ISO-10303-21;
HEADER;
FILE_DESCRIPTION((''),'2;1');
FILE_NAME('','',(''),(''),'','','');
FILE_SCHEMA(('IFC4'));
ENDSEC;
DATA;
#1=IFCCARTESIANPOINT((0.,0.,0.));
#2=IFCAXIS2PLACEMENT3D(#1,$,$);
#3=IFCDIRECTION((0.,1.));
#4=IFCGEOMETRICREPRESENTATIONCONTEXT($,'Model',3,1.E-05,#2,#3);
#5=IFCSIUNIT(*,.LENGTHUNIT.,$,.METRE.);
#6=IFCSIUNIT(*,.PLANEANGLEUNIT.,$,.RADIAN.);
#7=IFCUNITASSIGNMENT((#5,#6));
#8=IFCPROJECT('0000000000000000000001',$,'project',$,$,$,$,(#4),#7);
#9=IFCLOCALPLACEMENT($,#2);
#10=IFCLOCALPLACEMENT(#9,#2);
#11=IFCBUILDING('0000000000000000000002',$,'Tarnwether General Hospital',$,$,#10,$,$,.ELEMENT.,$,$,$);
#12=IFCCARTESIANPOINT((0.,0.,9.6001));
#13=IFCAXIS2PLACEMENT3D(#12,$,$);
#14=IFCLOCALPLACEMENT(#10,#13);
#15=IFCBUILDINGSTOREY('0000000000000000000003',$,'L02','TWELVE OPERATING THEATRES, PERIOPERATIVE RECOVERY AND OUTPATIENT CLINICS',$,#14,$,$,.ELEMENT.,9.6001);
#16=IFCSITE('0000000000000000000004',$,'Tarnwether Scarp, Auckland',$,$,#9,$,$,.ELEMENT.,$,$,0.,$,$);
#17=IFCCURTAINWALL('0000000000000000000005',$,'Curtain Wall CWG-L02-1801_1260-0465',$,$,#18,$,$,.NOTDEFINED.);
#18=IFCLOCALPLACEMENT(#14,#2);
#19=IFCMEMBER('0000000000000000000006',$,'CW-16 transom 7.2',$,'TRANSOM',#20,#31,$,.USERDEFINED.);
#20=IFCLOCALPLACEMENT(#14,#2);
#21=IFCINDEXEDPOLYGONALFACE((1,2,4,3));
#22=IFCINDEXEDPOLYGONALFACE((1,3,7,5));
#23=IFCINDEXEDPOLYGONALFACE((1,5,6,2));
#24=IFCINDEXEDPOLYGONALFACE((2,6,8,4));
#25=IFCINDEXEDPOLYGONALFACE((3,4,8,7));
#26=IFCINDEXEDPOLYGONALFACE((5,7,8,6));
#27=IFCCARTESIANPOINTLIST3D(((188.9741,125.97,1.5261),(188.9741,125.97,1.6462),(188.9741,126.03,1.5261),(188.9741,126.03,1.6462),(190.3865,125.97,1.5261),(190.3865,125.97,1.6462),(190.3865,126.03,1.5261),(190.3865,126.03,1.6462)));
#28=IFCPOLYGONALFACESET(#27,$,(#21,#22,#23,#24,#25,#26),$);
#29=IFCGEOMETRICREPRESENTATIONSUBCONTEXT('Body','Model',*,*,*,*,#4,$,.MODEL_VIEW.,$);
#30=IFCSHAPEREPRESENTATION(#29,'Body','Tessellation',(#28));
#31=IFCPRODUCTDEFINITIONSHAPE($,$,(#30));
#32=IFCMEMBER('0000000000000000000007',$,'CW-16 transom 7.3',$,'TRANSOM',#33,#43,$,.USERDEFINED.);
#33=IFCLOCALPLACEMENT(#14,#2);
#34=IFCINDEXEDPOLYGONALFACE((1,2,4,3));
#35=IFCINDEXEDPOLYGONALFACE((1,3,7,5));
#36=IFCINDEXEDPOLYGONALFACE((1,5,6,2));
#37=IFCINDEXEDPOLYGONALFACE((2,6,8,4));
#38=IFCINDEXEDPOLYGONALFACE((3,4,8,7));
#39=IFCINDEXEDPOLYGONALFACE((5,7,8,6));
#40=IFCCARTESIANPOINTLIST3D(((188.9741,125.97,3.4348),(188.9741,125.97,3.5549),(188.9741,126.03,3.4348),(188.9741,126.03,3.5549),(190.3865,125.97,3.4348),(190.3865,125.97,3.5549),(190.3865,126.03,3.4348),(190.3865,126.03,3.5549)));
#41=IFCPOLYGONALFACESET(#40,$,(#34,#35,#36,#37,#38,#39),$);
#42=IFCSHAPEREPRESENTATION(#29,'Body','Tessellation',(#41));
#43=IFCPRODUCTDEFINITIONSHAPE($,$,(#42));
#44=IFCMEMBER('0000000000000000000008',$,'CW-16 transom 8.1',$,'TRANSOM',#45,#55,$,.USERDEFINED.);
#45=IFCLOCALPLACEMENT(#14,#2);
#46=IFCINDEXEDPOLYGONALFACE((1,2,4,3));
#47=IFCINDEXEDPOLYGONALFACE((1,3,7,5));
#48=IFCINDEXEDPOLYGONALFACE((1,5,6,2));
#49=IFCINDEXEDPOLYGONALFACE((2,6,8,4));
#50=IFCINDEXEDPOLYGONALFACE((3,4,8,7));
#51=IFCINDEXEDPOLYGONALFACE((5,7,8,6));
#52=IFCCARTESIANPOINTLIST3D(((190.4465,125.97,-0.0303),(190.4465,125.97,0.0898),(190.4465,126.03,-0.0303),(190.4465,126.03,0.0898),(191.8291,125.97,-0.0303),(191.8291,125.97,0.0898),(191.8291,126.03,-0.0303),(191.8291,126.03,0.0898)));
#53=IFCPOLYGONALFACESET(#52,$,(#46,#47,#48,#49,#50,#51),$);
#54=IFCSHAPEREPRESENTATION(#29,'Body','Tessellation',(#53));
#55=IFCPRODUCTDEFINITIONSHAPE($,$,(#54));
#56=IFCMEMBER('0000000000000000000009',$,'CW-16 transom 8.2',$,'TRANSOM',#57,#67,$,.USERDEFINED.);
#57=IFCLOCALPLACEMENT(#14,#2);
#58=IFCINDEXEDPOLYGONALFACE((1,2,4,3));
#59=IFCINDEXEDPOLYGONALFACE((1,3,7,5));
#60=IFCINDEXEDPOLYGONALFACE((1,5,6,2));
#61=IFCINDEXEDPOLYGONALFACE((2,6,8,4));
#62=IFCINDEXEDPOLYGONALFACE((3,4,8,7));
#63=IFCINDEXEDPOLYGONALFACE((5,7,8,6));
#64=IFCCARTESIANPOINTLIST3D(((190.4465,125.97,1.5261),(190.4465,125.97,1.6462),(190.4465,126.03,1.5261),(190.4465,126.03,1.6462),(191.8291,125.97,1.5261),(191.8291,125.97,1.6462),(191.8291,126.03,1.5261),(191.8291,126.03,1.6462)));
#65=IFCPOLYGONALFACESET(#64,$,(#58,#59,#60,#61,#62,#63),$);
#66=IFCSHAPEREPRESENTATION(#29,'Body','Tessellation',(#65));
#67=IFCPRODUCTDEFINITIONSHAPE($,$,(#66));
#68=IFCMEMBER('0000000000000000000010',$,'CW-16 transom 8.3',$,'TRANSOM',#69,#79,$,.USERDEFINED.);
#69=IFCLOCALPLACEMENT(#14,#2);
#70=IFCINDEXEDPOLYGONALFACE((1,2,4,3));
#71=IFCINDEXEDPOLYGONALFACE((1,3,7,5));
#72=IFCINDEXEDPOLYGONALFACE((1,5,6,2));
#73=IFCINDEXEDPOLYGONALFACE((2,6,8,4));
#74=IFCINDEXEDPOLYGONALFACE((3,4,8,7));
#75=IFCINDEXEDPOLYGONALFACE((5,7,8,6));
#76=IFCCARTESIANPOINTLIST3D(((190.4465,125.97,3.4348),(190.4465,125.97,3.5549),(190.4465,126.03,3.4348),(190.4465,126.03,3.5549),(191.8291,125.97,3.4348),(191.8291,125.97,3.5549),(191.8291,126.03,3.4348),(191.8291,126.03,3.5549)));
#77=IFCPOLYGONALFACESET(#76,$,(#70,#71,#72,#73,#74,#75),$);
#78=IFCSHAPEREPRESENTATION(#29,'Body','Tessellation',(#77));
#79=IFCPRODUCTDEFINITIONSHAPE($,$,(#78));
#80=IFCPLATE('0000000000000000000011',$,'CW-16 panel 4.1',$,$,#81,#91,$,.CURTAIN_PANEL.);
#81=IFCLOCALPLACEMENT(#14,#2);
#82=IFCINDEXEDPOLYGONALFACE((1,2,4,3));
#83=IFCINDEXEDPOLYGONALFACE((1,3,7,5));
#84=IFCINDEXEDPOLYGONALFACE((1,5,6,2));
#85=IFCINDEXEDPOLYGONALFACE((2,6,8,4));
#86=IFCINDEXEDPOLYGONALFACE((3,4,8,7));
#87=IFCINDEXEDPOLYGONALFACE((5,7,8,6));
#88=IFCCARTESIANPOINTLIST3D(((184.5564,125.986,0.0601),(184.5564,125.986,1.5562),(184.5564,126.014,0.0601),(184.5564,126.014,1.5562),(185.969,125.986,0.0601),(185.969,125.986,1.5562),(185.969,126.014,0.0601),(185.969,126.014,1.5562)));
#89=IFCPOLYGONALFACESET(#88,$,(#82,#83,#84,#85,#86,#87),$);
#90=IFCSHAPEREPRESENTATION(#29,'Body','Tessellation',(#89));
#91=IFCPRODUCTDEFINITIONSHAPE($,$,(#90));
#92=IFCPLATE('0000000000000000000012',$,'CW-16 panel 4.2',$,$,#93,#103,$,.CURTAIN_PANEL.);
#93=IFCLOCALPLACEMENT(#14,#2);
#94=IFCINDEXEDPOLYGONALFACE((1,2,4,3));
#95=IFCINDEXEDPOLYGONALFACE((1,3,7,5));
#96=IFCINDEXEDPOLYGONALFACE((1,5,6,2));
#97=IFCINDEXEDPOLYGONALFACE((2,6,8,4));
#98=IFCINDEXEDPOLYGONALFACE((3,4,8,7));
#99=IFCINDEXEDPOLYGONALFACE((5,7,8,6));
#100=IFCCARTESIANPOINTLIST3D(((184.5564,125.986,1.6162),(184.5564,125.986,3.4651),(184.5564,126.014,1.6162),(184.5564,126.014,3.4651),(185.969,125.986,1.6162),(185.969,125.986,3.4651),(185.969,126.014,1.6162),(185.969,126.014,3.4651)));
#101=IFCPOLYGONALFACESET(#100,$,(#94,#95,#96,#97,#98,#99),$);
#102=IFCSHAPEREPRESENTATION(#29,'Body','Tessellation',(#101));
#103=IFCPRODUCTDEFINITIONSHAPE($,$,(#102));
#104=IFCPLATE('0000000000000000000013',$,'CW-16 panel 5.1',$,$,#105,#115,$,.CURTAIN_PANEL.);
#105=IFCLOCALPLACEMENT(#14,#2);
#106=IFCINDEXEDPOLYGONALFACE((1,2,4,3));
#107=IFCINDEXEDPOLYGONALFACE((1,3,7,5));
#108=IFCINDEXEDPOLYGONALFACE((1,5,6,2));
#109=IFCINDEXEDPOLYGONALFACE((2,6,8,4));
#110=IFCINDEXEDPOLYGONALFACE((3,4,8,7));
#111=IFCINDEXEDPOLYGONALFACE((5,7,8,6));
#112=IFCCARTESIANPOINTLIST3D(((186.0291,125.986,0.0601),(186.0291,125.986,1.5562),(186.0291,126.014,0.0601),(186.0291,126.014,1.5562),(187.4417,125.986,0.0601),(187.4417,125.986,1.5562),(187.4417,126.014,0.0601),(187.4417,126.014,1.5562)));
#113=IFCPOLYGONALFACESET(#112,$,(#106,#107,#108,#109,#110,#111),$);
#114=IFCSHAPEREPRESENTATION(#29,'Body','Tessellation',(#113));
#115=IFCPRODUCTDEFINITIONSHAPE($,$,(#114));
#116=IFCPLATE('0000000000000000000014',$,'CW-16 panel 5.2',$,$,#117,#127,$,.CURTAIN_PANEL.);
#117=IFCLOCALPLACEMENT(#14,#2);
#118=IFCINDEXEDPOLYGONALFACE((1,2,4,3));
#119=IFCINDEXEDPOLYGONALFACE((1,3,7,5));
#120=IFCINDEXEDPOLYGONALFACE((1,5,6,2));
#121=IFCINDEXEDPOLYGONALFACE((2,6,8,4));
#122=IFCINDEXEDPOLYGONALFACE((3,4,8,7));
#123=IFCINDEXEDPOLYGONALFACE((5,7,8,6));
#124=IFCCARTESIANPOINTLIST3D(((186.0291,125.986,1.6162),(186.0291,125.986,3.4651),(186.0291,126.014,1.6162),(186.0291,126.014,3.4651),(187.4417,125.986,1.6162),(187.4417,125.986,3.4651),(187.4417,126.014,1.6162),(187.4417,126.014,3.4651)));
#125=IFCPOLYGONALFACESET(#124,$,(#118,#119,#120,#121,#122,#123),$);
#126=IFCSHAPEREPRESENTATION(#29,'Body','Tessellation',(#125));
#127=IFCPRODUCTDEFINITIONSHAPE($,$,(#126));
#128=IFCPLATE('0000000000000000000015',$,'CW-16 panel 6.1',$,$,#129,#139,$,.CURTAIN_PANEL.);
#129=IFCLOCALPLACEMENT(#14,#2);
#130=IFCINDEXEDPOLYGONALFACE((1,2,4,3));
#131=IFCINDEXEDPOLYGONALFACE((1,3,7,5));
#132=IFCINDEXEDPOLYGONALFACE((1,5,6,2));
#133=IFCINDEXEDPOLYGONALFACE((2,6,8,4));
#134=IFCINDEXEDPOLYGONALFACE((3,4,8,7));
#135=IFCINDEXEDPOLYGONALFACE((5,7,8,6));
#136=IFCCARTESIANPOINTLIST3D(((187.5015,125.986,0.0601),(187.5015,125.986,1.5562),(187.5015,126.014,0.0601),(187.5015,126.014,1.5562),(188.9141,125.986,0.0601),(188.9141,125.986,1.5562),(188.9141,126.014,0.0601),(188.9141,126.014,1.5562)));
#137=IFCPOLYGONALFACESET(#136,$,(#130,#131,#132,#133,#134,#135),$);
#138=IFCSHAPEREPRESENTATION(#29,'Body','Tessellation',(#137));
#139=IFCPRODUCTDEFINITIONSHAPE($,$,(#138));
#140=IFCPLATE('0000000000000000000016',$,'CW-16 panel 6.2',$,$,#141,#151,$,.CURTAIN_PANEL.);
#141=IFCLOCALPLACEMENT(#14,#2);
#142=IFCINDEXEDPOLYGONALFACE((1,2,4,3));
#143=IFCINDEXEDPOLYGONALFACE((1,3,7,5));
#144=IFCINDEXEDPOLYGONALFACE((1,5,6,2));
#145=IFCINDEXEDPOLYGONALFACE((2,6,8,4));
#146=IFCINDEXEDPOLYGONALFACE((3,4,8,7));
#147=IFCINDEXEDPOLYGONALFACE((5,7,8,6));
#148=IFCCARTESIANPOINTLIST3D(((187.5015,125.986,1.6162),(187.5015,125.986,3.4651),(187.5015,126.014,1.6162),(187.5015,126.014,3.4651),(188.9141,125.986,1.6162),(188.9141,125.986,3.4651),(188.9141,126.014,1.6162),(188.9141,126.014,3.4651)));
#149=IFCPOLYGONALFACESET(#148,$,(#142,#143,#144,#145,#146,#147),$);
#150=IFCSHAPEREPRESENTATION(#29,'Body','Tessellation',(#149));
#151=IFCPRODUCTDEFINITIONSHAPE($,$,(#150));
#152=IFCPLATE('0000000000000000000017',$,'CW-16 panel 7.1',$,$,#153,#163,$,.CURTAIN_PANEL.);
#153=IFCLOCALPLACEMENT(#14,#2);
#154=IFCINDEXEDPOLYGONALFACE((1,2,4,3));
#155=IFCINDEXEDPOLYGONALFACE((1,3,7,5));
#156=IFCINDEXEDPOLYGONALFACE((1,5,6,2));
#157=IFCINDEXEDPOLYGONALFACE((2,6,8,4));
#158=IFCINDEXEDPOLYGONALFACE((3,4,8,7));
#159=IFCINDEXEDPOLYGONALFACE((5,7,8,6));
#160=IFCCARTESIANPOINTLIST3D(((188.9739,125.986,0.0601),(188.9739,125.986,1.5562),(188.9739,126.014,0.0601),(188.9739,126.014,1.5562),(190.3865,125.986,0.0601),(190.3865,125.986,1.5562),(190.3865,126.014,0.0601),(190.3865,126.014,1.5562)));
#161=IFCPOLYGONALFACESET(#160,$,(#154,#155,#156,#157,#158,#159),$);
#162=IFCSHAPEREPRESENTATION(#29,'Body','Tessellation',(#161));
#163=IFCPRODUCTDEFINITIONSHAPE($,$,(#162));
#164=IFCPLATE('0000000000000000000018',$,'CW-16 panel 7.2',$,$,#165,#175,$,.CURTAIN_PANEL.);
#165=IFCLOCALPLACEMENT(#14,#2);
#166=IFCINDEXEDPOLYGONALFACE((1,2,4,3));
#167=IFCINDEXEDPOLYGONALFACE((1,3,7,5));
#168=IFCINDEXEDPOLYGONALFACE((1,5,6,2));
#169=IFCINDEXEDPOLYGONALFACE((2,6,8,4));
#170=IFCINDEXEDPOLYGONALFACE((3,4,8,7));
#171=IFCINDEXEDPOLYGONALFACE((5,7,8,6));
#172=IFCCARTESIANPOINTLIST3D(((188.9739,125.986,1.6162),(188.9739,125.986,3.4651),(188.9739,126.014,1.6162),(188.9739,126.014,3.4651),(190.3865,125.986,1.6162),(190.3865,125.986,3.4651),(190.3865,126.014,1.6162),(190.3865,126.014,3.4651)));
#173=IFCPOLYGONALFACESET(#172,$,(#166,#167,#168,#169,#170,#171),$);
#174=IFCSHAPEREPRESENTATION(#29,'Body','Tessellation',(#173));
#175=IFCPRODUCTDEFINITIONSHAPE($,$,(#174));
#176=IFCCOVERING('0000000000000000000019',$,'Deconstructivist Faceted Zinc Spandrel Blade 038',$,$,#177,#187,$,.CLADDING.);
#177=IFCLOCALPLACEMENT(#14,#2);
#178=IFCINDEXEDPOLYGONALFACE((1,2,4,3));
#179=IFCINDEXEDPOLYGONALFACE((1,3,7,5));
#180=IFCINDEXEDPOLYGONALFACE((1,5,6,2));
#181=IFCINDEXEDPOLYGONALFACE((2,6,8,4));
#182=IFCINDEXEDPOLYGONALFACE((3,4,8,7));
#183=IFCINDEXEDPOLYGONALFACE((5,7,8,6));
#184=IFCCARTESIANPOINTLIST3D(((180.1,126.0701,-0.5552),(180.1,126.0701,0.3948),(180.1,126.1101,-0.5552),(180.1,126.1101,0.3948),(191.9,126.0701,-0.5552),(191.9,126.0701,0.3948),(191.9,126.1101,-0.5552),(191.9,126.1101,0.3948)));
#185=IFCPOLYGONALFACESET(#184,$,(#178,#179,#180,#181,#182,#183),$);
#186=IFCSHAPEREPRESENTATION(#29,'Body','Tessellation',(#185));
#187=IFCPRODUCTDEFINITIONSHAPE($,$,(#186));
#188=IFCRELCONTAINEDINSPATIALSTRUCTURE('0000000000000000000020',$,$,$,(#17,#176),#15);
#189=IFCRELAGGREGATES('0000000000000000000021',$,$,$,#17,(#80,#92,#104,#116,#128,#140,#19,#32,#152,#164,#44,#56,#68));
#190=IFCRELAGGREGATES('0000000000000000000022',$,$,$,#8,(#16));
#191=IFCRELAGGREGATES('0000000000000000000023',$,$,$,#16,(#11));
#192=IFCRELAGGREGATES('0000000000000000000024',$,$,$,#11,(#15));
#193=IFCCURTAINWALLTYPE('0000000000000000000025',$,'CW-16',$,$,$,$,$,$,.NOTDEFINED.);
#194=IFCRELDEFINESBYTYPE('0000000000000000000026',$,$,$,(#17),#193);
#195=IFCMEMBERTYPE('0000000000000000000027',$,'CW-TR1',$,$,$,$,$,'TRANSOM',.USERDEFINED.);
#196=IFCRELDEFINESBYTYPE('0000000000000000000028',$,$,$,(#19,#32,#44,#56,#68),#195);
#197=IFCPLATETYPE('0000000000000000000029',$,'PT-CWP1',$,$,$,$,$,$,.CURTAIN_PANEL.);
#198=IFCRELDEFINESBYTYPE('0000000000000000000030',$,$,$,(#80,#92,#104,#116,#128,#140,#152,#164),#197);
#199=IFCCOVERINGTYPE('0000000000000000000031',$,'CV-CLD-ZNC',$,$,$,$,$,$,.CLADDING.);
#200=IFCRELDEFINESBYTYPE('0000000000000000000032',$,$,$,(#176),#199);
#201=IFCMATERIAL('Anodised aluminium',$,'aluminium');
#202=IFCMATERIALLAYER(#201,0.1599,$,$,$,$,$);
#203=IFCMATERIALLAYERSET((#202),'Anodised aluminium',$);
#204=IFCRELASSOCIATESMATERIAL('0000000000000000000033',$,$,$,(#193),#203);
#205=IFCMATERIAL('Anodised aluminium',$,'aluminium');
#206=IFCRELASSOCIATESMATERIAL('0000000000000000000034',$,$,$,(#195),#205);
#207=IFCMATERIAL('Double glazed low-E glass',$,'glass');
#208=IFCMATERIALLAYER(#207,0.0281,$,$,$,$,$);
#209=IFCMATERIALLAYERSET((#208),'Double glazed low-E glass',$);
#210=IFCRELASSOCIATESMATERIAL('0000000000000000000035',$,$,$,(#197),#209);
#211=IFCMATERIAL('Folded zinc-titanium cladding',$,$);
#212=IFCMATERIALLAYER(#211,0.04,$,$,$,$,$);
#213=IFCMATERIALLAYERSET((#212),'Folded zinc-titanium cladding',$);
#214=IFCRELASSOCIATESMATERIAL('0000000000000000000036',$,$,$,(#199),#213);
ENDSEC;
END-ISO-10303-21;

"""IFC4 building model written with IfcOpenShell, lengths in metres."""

from ifc_helpers import new_model, si_unit, direction, frame, origin, origin_2d, place, context, subcontext, project, spatial, rectangle, extrude, material, layer, layer_set, material_profile, profile_set, type_object, element, aggregate, save


model = new_model("IFC4")

# Units and contexts
model_context = context("Model", 3, precision=1e-05, world=origin(), true_north=direction((0.0, 1.0)))
body_context = subcontext(model_context, "Body", "Model", "MODEL_VIEW")
ifc_project = project(units=[si_unit("LENGTHUNIT", "METRE"), si_unit("PLANEANGLEUNIT", "RADIAN")], contexts=[model_context])

# Site, building, storey
site_placement = place(None, origin())
site = spatial("IfcSite", under=ifc_project, at=site_placement, Name="Tarnwether Scarp, Auckland", CompositionType="ELEMENT", RefElevation=0.0)
building_placement = place(site_placement, origin())
building = spatial("IfcBuilding", under=site, at=building_placement, Name="Tarnwether General Hospital", CompositionType="ELEMENT")
storey_placement = place(building_placement, frame((0.0, 0.0, 9.6001)))
storey = spatial("IfcBuildingStorey", under=building, at=storey_placement, Name="L02", Description="TWELVE OPERATING THEATRES, PERIOPERATIVE RECOVERY AND OUTPATIENT CLINICS", CompositionType="ELEMENT", Elevation=9.6001)

# Curtain wall, members, plates
ifc_material_1 = material(Name="Anodised aluminium", Category="aluminium")
ifc_layer_1 = layer(ifc_material_1, 0.1599)
ifc_layer_set_1 = layer_set([ifc_layer_1], Name="Anodised aluminium")
curtain_wall_type = type_object("IfcCurtainWallType", Name="CW-16", PredefinedType="NOTDEFINED", material=ifc_layer_set_1)
curtain_wall_placement = place(storey_placement, origin())
curtain_wall = element("IfcCurtainWall", 1, at=curtain_wall_placement, inside=storey, type_object=curtain_wall_type, Name="Curtain Wall CWG-L02-1801_1260-0465", PredefinedType="NOTDEFINED")
ifc_material_2 = material(Name="Anodised aluminium", Category="aluminium")
ifc_material_profile_1 = material_profile(ifc_material_2, rectangle(XDim=0.0601, YDim=0.1201, at=origin_2d()), Name="ALU-TRN-60x120")
ifc_profile_set_1 = profile_set([ifc_material_profile_1], Name="Anodised aluminium")
member_type_1 = type_object("IfcMemberType", Name="CW-TR1", ElementType="TRANSOM", PredefinedType="USERDEFINED", material=ifc_profile_set_1)
member_1_placement = place(storey_placement, frame((188.9741, 126.0, 1.5862), z_axis=(1.0, 0.0, 0.0), x_axis=(0.0, 1.0, 0.0)))
member_1 = element("IfcMember", 2, at=member_1_placement, type_object=member_type_1, Name="CW-16 transom 7.2", ObjectType="TRANSOM", PredefinedType="USERDEFINED", context=body_context, shape_type="SweptSolid", body=[
    extrude(rectangle(XDim=0.0601, YDim=0.1201, at=origin_2d()), origin(), (0.0, 0.0, 1.0), 1.4124),
])
member_2_placement = place(storey_placement, frame((188.9741, 126.0, 3.4949), z_axis=(1.0, 0.0, 0.0), x_axis=(0.0, 1.0, 0.0)))
member_2 = element("IfcMember", 3, at=member_2_placement, type_object=member_type_1, Name="CW-16 transom 7.3", ObjectType="TRANSOM", PredefinedType="USERDEFINED", context=body_context, shape_type="SweptSolid", body=[
    extrude(rectangle(XDim=0.0601, YDim=0.1201, at=origin_2d()), origin(), (0.0, 0.0, 1.0), 1.4124),
])
member_3_placement = place(storey_placement, frame((190.4465, 126.0, 0.0298), z_axis=(1.0, 0.0, 0.0), x_axis=(0.0, 1.0, 0.0)))
member_3 = element("IfcMember", 4, at=member_3_placement, type_object=member_type_1, Name="CW-16 transom 8.1", ObjectType="TRANSOM", PredefinedType="USERDEFINED", context=body_context, shape_type="SweptSolid", body=[
    extrude(rectangle(XDim=0.0601, YDim=0.1201, at=origin_2d()), origin(), (0.0, 0.0, 1.0), 1.3826),
])
member_4_placement = place(storey_placement, frame((190.4465, 126.0, 1.5862), z_axis=(1.0, 0.0, 0.0), x_axis=(0.0, 1.0, 0.0)))
member_4 = element("IfcMember", 5, at=member_4_placement, type_object=member_type_1, Name="CW-16 transom 8.2", ObjectType="TRANSOM", PredefinedType="USERDEFINED", context=body_context, shape_type="SweptSolid", body=[
    extrude(rectangle(XDim=0.0601, YDim=0.1201, at=origin_2d()), origin(), (0.0, 0.0, 1.0), 1.3826),
])
member_5_placement = place(storey_placement, frame((190.4465, 126.0, 3.4949), z_axis=(1.0, 0.0, 0.0), x_axis=(0.0, 1.0, 0.0)))
member_5 = element("IfcMember", 6, at=member_5_placement, type_object=member_type_1, Name="CW-16 transom 8.3", ObjectType="TRANSOM", PredefinedType="USERDEFINED", context=body_context, shape_type="SweptSolid", body=[
    extrude(rectangle(XDim=0.0601, YDim=0.1201, at=origin_2d()), origin(), (0.0, 0.0, 1.0), 1.3826),
])
ifc_material_3 = material(Name="Double glazed low-E glass", Category="glass")
ifc_layer_2 = layer(ifc_material_3, 0.0281)
ifc_layer_set_2 = layer_set([ifc_layer_2], Name="Double glazed low-E glass")
plate_type = type_object("IfcPlateType", Name="PT-CWP1", PredefinedType="CURTAIN_PANEL", material=ifc_layer_set_2)
plate_1_placement = place(storey_placement, frame((185.2627, 126.0, 0.0601), z_axis=(0.0, 0.0, 1.0), x_axis=(1.0, 0.0, 0.0)))
plate_1 = element("IfcPlate", 7, at=plate_1_placement, type_object=plate_type, Name="CW-16 panel 4.1", PredefinedType="CURTAIN_PANEL", context=body_context, shape_type="SweptSolid", body=[
    extrude(rectangle(XDim=1.4126, YDim=0.0281, at=origin_2d()), origin(), (0.0, 0.0, 1.0), 1.4961),
])
plate_2_placement = place(storey_placement, frame((185.2627, 126.0, 1.6162), z_axis=(0.0, 0.0, 1.0), x_axis=(1.0, 0.0, 0.0)))
plate_2 = element("IfcPlate", 8, at=plate_2_placement, type_object=plate_type, Name="CW-16 panel 4.2", PredefinedType="CURTAIN_PANEL", context=body_context, shape_type="SweptSolid", body=[
    extrude(rectangle(XDim=1.4126, YDim=0.0281, at=origin_2d()), origin(), (0.0, 0.0, 1.0), 1.8489),
])
plate_3_placement = place(storey_placement, frame((186.7354, 126.0, 0.0601), z_axis=(0.0, 0.0, 1.0), x_axis=(1.0, 0.0, 0.0)))
plate_3 = element("IfcPlate", 9, at=plate_3_placement, type_object=plate_type, Name="CW-16 panel 5.1", PredefinedType="CURTAIN_PANEL", context=body_context, shape_type="SweptSolid", body=[
    extrude(rectangle(XDim=1.4126, YDim=0.0281, at=origin_2d()), origin(), (0.0, 0.0, 1.0), 1.4961),
])
plate_4_placement = place(storey_placement, frame((186.7354, 126.0, 1.6162), z_axis=(0.0, 0.0, 1.0), x_axis=(1.0, 0.0, 0.0)))
plate_4 = element("IfcPlate", 10, at=plate_4_placement, type_object=plate_type, Name="CW-16 panel 5.2", PredefinedType="CURTAIN_PANEL", context=body_context, shape_type="SweptSolid", body=[
    extrude(rectangle(XDim=1.4126, YDim=0.0281, at=origin_2d()), origin(), (0.0, 0.0, 1.0), 1.8489),
])
plate_5_placement = place(storey_placement, frame((188.2078, 126.0, 0.0601), z_axis=(0.0, 0.0, 1.0), x_axis=(1.0, 0.0, 0.0)))
plate_5 = element("IfcPlate", 11, at=plate_5_placement, type_object=plate_type, Name="CW-16 panel 6.1", PredefinedType="CURTAIN_PANEL", context=body_context, shape_type="SweptSolid", body=[
    extrude(rectangle(XDim=1.4126, YDim=0.0281, at=origin_2d()), origin(), (0.0, 0.0, 1.0), 1.4961),
])
plate_6_placement = place(storey_placement, frame((188.2078, 126.0, 1.6162), z_axis=(0.0, 0.0, 1.0), x_axis=(1.0, 0.0, 0.0)))
plate_6 = element("IfcPlate", 12, at=plate_6_placement, type_object=plate_type, Name="CW-16 panel 6.2", PredefinedType="CURTAIN_PANEL", context=body_context, shape_type="SweptSolid", body=[
    extrude(rectangle(XDim=1.4126, YDim=0.0281, at=origin_2d()), origin(), (0.0, 0.0, 1.0), 1.8489),
])
plate_7_placement = place(storey_placement, frame((189.6802, 126.0, 0.0601), z_axis=(0.0, 0.0, 1.0), x_axis=(1.0, 0.0, 0.0)))
plate_7 = element("IfcPlate", 13, at=plate_7_placement, type_object=plate_type, Name="CW-16 panel 7.1", PredefinedType="CURTAIN_PANEL", context=body_context, shape_type="SweptSolid", body=[
    extrude(rectangle(XDim=1.4126, YDim=0.0281, at=origin_2d()), origin(), (0.0, 0.0, 1.0), 1.4961),
])
plate_8_placement = place(storey_placement, frame((189.6802, 126.0, 1.6162), z_axis=(0.0, 0.0, 1.0), x_axis=(1.0, 0.0, 0.0)))
plate_8 = element("IfcPlate", 14, at=plate_8_placement, type_object=plate_type, Name="CW-16 panel 7.2", PredefinedType="CURTAIN_PANEL", context=body_context, shape_type="SweptSolid", body=[
    extrude(rectangle(XDim=1.4126, YDim=0.0281, at=origin_2d()), origin(), (0.0, 0.0, 1.0), 1.8489),
])
aggregate(curtain_wall, [plate_1, plate_2, plate_3, plate_4, plate_5, plate_6, member_1, member_2, plate_7, plate_8, member_3, member_4, member_5])

# Covering
ifc_material_4 = material(Name="Folded zinc-titanium cladding")
ifc_layer_3 = layer(ifc_material_4, 0.04)
ifc_layer_set_3 = layer_set([ifc_layer_3], Name="Folded zinc-titanium cladding")
covering_type = type_object("IfcCoveringType", Name="CV-CLD-ZNC", PredefinedType="CLADDING", material=ifc_layer_set_3)
covering_placement = place(storey_placement, frame((186.0, 126.0901, -0.5552), z_axis=(0.0, 0.0, 1.0), x_axis=(1.0, 0.0, 0.0)))
element("IfcCovering", 15, at=covering_placement, inside=storey, type_object=covering_type, Name="Deconstructivist Faceted Zinc Spandrel Blade 038", PredefinedType="CLADDING", context=body_context, shape_type="SweptSolid", body=[
    extrude(rectangle(XDim=11.8, YDim=0.04, at=origin_2d()), origin(), (0.0, 0.0, 1.0), 0.95),
])

save(model, "model.ifc")
